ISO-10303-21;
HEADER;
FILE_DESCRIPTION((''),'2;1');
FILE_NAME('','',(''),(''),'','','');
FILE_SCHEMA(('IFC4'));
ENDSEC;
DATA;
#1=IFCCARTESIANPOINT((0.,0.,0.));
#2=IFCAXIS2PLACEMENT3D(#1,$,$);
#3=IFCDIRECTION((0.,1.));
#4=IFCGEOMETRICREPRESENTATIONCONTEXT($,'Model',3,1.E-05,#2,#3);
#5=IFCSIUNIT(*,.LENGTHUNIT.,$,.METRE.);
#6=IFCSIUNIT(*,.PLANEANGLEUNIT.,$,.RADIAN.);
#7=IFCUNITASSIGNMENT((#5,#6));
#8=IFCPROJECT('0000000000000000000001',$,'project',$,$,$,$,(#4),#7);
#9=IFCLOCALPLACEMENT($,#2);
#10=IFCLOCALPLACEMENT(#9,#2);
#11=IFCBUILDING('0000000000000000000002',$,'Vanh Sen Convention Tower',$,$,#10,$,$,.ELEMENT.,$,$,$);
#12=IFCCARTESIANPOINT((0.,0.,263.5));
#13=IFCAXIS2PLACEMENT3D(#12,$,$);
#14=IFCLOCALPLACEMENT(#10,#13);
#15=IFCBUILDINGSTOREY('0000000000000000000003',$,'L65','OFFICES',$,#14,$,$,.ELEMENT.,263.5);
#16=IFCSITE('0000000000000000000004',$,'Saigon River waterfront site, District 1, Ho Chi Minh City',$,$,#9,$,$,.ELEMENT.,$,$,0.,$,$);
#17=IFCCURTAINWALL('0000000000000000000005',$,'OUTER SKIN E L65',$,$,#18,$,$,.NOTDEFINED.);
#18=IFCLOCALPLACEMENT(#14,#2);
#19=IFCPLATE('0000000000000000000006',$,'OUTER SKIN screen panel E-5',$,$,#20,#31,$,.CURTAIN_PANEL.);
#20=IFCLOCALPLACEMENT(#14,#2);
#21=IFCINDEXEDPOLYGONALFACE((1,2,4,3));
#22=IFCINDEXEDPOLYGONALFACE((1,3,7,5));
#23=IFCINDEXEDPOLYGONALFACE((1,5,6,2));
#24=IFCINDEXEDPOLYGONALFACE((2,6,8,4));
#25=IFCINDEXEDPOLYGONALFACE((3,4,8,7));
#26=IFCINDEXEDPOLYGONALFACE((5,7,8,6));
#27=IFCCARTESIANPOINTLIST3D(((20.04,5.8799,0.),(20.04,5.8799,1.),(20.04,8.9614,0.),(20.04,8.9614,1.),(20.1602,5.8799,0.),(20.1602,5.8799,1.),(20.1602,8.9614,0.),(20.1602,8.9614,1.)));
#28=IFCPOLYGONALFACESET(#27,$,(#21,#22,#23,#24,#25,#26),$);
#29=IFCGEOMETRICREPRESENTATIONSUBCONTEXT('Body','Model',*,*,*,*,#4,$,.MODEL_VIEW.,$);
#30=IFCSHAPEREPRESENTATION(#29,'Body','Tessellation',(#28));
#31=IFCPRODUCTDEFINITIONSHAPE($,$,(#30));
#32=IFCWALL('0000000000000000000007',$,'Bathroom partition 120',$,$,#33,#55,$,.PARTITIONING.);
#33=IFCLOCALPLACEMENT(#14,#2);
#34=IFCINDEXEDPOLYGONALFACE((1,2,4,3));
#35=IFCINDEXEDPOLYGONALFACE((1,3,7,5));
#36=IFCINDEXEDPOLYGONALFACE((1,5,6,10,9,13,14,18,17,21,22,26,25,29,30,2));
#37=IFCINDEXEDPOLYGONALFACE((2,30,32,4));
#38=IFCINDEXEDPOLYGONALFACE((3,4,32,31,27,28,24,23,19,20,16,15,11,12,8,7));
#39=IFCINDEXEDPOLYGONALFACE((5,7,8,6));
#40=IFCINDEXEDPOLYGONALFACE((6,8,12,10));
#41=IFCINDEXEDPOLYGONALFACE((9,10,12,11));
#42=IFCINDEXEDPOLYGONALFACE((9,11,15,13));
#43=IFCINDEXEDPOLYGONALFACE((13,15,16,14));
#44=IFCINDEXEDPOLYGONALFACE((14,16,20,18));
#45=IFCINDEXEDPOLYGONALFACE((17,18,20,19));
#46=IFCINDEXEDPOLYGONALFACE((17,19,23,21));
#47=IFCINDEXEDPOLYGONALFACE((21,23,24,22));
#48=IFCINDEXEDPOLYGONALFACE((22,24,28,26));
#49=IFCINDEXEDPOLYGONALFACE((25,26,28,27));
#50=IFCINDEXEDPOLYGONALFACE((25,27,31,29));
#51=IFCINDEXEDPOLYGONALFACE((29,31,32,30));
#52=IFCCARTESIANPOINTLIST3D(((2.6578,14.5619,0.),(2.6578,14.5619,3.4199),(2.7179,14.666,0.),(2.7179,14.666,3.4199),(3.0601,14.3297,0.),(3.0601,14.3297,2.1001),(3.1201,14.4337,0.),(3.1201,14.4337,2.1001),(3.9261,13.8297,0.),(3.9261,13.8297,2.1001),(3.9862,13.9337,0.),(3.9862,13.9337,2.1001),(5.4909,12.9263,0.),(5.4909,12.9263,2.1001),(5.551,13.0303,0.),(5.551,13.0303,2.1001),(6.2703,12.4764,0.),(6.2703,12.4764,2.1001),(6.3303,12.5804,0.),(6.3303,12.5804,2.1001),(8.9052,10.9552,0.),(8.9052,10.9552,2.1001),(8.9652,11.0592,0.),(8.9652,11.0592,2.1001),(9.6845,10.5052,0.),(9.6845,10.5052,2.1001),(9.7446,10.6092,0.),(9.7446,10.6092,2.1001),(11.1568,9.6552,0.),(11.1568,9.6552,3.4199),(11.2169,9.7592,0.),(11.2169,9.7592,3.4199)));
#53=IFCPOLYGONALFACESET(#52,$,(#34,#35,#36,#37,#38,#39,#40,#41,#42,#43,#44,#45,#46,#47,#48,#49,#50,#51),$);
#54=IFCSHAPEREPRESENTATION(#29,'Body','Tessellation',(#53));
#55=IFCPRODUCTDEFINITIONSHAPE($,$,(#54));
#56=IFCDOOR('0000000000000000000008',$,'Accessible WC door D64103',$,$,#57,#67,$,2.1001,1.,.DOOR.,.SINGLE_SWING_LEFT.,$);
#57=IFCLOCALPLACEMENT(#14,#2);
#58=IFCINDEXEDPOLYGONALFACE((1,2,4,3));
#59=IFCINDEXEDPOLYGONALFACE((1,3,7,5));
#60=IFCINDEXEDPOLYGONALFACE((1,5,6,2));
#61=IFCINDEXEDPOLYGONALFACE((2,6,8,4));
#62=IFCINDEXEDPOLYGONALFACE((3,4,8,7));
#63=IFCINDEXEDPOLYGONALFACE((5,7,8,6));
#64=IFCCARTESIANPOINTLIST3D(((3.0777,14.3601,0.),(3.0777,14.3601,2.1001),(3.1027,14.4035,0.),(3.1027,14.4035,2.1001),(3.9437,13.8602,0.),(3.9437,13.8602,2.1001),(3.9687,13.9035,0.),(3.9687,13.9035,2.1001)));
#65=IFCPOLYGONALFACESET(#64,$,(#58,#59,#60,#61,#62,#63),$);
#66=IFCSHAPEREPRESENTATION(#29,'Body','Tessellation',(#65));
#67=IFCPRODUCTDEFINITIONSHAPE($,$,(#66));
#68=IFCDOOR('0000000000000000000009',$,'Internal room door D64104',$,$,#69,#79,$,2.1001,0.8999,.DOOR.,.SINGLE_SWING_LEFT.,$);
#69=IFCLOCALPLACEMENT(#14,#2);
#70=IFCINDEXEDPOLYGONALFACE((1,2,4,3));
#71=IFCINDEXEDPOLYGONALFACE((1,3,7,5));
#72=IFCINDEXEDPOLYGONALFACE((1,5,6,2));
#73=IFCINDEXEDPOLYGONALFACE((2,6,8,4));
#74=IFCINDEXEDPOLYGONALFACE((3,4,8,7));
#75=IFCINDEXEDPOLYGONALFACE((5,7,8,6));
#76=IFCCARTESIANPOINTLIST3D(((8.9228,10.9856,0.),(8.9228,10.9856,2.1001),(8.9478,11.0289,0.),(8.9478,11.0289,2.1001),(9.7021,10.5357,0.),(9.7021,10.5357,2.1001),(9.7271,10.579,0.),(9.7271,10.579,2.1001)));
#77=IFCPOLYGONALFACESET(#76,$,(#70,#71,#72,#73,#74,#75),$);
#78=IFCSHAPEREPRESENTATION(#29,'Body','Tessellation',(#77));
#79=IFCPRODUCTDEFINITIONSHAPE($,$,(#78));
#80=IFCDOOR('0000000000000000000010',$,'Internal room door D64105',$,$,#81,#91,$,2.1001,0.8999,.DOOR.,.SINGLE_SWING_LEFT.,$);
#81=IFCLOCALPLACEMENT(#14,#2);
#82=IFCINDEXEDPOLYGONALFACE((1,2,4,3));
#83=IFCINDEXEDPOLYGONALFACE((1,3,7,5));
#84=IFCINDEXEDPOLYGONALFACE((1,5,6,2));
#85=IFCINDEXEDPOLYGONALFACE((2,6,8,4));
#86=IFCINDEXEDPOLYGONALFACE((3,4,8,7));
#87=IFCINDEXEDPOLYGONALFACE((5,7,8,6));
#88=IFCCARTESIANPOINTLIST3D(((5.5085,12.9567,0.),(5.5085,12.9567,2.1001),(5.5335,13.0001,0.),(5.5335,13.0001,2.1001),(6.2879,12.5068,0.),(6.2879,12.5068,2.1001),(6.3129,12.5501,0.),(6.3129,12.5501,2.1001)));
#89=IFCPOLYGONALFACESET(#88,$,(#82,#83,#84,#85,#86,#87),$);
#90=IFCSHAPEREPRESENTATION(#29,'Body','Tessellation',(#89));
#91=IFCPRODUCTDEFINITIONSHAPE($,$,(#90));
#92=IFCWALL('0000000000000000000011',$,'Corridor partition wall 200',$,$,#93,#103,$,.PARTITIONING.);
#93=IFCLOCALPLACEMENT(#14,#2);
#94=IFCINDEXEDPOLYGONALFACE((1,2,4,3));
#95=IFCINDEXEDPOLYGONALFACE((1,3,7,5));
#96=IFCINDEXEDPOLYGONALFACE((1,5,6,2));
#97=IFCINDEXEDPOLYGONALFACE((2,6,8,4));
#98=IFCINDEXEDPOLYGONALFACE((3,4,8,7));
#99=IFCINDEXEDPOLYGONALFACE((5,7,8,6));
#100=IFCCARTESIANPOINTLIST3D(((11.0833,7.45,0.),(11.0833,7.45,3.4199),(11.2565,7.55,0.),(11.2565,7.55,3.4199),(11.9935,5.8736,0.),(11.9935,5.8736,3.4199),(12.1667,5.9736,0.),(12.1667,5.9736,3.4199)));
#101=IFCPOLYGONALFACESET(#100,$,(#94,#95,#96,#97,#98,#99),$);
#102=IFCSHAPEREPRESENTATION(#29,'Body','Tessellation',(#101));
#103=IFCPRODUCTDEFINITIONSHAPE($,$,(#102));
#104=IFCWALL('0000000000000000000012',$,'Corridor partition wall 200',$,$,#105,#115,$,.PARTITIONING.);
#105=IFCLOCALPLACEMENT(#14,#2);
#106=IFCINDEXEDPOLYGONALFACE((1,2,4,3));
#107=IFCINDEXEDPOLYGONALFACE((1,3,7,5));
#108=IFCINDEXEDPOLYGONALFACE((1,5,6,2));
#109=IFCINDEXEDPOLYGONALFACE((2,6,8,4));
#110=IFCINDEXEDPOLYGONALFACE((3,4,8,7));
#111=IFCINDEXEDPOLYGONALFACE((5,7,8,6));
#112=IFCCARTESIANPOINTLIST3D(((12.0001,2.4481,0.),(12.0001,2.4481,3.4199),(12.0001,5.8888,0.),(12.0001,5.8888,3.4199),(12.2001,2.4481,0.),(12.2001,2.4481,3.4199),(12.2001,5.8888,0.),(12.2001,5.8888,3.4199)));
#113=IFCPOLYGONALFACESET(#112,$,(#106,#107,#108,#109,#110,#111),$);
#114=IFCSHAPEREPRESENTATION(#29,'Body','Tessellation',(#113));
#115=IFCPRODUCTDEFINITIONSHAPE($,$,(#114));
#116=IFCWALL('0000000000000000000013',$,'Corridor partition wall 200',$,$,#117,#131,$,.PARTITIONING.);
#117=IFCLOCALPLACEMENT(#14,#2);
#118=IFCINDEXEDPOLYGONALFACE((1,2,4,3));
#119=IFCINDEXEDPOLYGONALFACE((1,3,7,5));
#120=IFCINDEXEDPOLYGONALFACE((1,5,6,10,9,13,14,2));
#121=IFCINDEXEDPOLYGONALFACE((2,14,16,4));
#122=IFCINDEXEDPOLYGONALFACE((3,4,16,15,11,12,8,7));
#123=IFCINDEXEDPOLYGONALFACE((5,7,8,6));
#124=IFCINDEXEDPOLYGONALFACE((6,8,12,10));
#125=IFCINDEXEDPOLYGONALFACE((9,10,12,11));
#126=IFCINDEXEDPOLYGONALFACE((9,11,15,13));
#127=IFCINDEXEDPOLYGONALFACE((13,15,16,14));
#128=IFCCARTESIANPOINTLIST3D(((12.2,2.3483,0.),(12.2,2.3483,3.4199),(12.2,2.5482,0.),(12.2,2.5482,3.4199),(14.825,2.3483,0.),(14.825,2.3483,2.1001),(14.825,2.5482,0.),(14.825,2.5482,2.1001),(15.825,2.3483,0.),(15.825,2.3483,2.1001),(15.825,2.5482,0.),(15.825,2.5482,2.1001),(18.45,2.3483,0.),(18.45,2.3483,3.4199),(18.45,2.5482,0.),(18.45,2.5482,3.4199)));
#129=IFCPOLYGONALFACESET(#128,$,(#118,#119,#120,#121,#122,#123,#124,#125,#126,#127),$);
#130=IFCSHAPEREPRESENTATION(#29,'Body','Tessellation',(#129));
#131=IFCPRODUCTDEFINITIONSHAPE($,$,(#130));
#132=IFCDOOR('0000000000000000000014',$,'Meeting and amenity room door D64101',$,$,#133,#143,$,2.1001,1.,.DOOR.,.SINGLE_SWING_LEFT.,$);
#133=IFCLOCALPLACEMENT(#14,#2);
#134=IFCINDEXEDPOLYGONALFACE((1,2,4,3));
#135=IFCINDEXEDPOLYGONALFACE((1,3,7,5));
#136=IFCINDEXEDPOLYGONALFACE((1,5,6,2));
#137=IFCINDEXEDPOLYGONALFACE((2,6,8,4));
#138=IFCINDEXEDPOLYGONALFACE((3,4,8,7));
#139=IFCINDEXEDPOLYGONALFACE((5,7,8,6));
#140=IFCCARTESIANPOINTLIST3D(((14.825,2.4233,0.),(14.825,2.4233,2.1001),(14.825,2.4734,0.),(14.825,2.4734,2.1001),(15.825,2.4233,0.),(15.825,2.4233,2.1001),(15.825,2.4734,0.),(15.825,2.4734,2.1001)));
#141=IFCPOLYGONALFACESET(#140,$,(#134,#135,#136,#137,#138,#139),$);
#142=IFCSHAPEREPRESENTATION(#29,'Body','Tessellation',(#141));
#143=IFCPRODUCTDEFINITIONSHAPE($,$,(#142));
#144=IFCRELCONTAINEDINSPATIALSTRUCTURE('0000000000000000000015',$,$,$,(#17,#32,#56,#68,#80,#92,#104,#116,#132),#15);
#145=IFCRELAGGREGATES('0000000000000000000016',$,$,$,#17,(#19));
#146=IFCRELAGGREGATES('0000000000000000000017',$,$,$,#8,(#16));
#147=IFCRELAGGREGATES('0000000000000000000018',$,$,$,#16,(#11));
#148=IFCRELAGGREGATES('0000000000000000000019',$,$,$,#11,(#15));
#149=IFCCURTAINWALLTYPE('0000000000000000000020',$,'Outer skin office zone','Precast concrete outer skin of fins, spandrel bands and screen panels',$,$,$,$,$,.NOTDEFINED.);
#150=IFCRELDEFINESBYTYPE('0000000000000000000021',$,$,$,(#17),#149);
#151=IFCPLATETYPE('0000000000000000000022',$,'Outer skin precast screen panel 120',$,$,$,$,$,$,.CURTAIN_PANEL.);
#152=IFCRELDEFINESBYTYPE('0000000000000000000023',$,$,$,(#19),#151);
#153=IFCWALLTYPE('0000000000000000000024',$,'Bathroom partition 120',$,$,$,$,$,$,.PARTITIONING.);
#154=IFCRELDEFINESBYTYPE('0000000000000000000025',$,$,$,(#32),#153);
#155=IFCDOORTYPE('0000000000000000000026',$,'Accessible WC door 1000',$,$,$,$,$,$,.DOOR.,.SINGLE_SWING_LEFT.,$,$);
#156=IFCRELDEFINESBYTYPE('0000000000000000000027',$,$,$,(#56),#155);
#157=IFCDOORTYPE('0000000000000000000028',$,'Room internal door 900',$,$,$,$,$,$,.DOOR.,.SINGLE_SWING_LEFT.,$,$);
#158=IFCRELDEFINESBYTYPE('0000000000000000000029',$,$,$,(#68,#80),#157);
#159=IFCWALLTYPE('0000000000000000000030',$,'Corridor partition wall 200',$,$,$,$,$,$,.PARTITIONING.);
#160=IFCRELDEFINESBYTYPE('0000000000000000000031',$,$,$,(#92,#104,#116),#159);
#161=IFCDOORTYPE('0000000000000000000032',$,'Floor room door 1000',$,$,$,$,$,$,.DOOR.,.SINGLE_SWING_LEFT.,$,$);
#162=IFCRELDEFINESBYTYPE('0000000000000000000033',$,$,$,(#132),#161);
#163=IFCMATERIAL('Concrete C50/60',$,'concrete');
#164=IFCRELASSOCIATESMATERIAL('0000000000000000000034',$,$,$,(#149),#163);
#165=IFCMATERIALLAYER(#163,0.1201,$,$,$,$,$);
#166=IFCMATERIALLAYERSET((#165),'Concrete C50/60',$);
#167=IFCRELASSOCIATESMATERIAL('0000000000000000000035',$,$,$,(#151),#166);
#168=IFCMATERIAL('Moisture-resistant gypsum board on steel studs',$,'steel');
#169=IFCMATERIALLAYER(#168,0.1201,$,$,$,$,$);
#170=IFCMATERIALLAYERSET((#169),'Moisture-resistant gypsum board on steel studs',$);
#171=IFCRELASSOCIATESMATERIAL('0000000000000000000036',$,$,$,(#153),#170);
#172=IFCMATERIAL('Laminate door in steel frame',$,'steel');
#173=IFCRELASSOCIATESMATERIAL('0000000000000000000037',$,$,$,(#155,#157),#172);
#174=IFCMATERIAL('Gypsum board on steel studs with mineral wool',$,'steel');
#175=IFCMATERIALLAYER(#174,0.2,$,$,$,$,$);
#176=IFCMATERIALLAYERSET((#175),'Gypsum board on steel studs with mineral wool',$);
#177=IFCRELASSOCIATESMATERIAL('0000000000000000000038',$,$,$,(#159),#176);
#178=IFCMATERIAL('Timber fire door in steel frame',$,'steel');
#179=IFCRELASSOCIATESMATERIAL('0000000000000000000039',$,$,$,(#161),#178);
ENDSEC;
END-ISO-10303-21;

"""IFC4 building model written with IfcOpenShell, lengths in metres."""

from ifc_helpers import new_model, si_unit, direction, frame, frame_2d, origin, origin_2d, place, context, subcontext, project, spatial, rectangle, extrude, material, layer, layer_set, type_object, element, fill, aggregate, save


model = new_model("IFC4")

# Units and contexts
model_context = context("Model", 3, precision=1e-05, world=origin(), true_north=direction((0.0, 1.0)))
body_context = subcontext(model_context, "Body", "Model", "MODEL_VIEW")
ifc_project = project(units=[si_unit("LENGTHUNIT", "METRE"), si_unit("PLANEANGLEUNIT", "RADIAN")], contexts=[model_context])

# Site, building, storey
site_placement = place(None, origin())
site = spatial("IfcSite", under=ifc_project, at=site_placement, Name="Saigon River waterfront site, District 1, Ho Chi Minh City", CompositionType="ELEMENT", RefElevation=0.0)
building_placement = place(site_placement, origin())
building = spatial("IfcBuilding", under=site, at=building_placement, Name="Vanh Sen Convention Tower", CompositionType="ELEMENT")
storey_placement = place(building_placement, frame((0.0, 0.0, 263.5)))
storey = spatial("IfcBuildingStorey", under=building, at=storey_placement, Name="L65", Description="OFFICES", CompositionType="ELEMENT", Elevation=263.5)

# Curtain wall
ifc_material_1 = material(Name="Concrete C50/60", Category="concrete")
curtain_wall_type = type_object("IfcCurtainWallType", Name="Outer skin office zone", Description="Precast concrete outer skin of fins, spandrel bands and screen panels", PredefinedType="NOTDEFINED", material=ifc_material_1)
curtain_wall_1_placement = place(storey_placement, origin())
curtain_wall_1 = element("IfcCurtainWall", 1, at=curtain_wall_1_placement, inside=storey, type_object=curtain_wall_type, Name="OUTER SKIN E L65", PredefinedType="NOTDEFINED")

# Plate
ifc_layer_1 = layer(ifc_material_1, 0.1201)
ifc_layer_set_1 = layer_set([ifc_layer_1], Name="Concrete C50/60")
plate_type = type_object("IfcPlateType", Name="Outer skin precast screen panel 120", PredefinedType="CURTAIN_PANEL", material=ifc_layer_set_1)
plate_1_placement = place(storey_placement, frame((20.1001, 7.4207, 0.0), z_axis=(0.0, 0.0, 1.0), x_axis=(0.0, 1.0, 0.0)))
plate_1 = element("IfcPlate", 2, at=plate_1_placement, type_object=plate_type, Name="OUTER SKIN screen panel E-5", PredefinedType="CURTAIN_PANEL", context=body_context, shape_type="SweptSolid", body=[
    extrude(rectangle(XDim=3.0815, YDim=0.1201, at=origin_2d()), origin(), (0.0, 0.0, 1.0), 1.0),
])
aggregate(curtain_wall_1, [plate_1])

# Wall, openings, doors
ifc_material_2 = material(Name="Moisture-resistant gypsum board on steel studs", Category="steel")
ifc_layer_2 = layer(ifc_material_2, 0.1201)
ifc_layer_set_2 = layer_set([ifc_layer_2], Name="Moisture-resistant gypsum board on steel studs")
wall_type_1 = type_object("IfcWallType", Name="Bathroom partition 120", PredefinedType="PARTITIONING", material=ifc_layer_set_2)
wall_1_placement = place(storey_placement, frame((11.1868, 9.7073, 0.0), z_axis=(0.0, 0.0, 1.0), x_axis=(-0.866033, 0.499987, 0.0)))
wall_1 = element("IfcWall", 3, at=wall_1_placement, inside=storey, type_object=wall_type_1, Name="Bathroom partition 120", PredefinedType="PARTITIONING", context=body_context, shape_type="SweptSolid", body=[
    extrude(rectangle(XDim=9.8137, YDim=0.1201, at=frame_2d((4.9067, 0.0))), origin(), (0.0, 0.0, 1.0), 3.4199),
])
opening_1_placement = place(wall_1_placement, frame((8.3491, 0.0, 0.0)))
opening_1 = element("IfcOpeningElement", 4, at=opening_1_placement, cuts=wall_1, PredefinedType="OPENING", context=body_context, shape_type="SweptSolid", body=[
    extrude(rectangle(XDim=1.0, YDim=2.1001, at=frame_2d((0.5, 1.05))), frame((0.0, 0.0701, 0.0), z_axis=(0.0, -1.0, 0.0), x_axis=(1.0, 0.0, 0.0)), (0.0, 0.0, 1.0), 0.1401),
])
opening_2_placement = place(wall_1_placement, frame((1.7, 0.0, 0.0)))
opening_2 = element("IfcOpeningElement", 5, at=opening_2_placement, cuts=wall_1, PredefinedType="OPENING", context=body_context, shape_type="SweptSolid", body=[
    extrude(rectangle(XDim=0.8999, YDim=2.1001, at=frame_2d((0.45, 1.05))), frame((0.0, 0.0701, 0.0), z_axis=(0.0, -1.0, 0.0), x_axis=(1.0, 0.0, 0.0)), (0.0, 0.0, 1.0), 0.1401),
])
opening_3_placement = place(wall_1_placement, frame((5.6423, 0.0, 0.0)))
opening_3 = element("IfcOpeningElement", 6, at=opening_3_placement, cuts=wall_1, PredefinedType="OPENING", context=body_context, shape_type="SweptSolid", body=[
    extrude(rectangle(XDim=0.8999, YDim=2.1001, at=frame_2d((0.45, 1.05))), frame((0.0, 0.0701, 0.0), z_axis=(0.0, -1.0, 0.0), x_axis=(1.0, 0.0, 0.0)), (0.0, 0.0, 1.0), 0.1401),
])
ifc_material_3 = material(Name="Laminate door in steel frame", Category="steel")
door_type_1 = type_object("IfcDoorType", Name="Accessible WC door 1000", OperationType="SINGLE_SWING_LEFT", PredefinedType="DOOR", material=ifc_material_3)
door_1_placement = place(opening_1_placement, origin())
door_1 = element("IfcDoor", 7, at=door_1_placement, inside=storey, type_object=door_type_1, Name="Accessible WC door D64103", OperationType="SINGLE_SWING_LEFT", OverallHeight=2.1001, OverallWidth=1.0, PredefinedType="DOOR", context=body_context, shape_type="SweptSolid", body=[
    extrude(rectangle(XDim=1.0, YDim=2.1001, at=frame_2d((0.5, 1.05))), frame((0.0, 0.0249, 0.0), z_axis=(0.0, -1.0, 0.0), x_axis=(1.0, 0.0, 0.0)), (0.0, 0.0, 1.0), 0.05),
])
fill(opening_1, door_1)
door_type_2 = type_object("IfcDoorType", Name="Room internal door 900", OperationType="SINGLE_SWING_LEFT", PredefinedType="DOOR", material=ifc_material_3)
door_2_placement = place(opening_2_placement, origin())
door_2 = element("IfcDoor", 8, at=door_2_placement, inside=storey, type_object=door_type_2, Name="Internal room door D64104", OperationType="SINGLE_SWING_LEFT", OverallHeight=2.1001, OverallWidth=0.8999, PredefinedType="DOOR", context=body_context, shape_type="SweptSolid", body=[
    extrude(rectangle(XDim=0.8999, YDim=2.1001, at=frame_2d((0.45, 1.05))), frame((0.0, 0.0249, 0.0), z_axis=(0.0, -1.0, 0.0), x_axis=(1.0, 0.0, 0.0)), (0.0, 0.0, 1.0), 0.05),
])
fill(opening_2, door_2)
door_3_placement = place(opening_3_placement, origin())
door_3 = element("IfcDoor", 9, at=door_3_placement, inside=storey, type_object=door_type_2, Name="Internal room door D64105", OperationType="SINGLE_SWING_LEFT", OverallHeight=2.1001, OverallWidth=0.8999, PredefinedType="DOOR", context=body_context, shape_type="SweptSolid", body=[
    extrude(rectangle(XDim=0.8999, YDim=2.1001, at=frame_2d((0.45, 1.05))), frame((0.0, 0.0249, 0.0), z_axis=(0.0, -1.0, 0.0), x_axis=(1.0, 0.0, 0.0)), (0.0, 0.0, 1.0), 0.05),
])
fill(opening_3, door_3)

# Walls
ifc_material_4 = material(Name="Gypsum board on steel studs with mineral wool", Category="steel")
ifc_layer_3 = layer(ifc_material_4, 0.2)
ifc_layer_set_3 = layer_set([ifc_layer_3], Name="Gypsum board on steel studs with mineral wool")
wall_type_2 = type_object("IfcWallType", Name="Corridor partition wall 200", PredefinedType="PARTITIONING", material=ifc_layer_set_3)
wall_2_placement = place(storey_placement, frame((12.0801, 5.9236, 0.0), z_axis=(0.0, 0.0, 1.0), x_axis=(-0.500005, 0.866023, 0.0)))
element("IfcWall", 10, at=wall_2_placement, inside=storey, type_object=wall_type_2, Name="Corridor partition wall 200", PredefinedType="PARTITIONING", context=body_context, shape_type="SweptSolid", body=[
    extrude(rectangle(XDim=1.8203, YDim=0.2, at=frame_2d((0.9102, 0.0))), origin(), (0.0, 0.0, 1.0), 3.4199),
])
wall_3_placement = place(storey_placement, frame((12.1001, 2.4482, 0.0), z_axis=(0.0, 0.0, 1.0), x_axis=(0.0, 1.0, 0.0)))
element("IfcWall", 11, at=wall_3_placement, inside=storey, type_object=wall_type_2, Name="Corridor partition wall 200", PredefinedType="PARTITIONING", context=body_context, shape_type="SweptSolid", body=[
    extrude(rectangle(XDim=3.4407, YDim=0.2, at=frame_2d((1.7202, 0.0))), origin(), (0.0, 0.0, 1.0), 3.4199),
])

# Wall, opening, door
wall_4_placement = place(storey_placement, frame((18.45, 2.4482, 0.0), z_axis=(0.0, 0.0, 1.0), x_axis=(-1.0, 0.0, 0.0)))
wall_4 = element("IfcWall", 12, at=wall_4_placement, inside=storey, type_object=wall_type_2, Name="Corridor partition wall 200", PredefinedType="PARTITIONING", context=body_context, shape_type="SweptSolid", body=[
    extrude(rectangle(XDim=6.25, YDim=0.2, at=frame_2d((3.125, 0.0))), origin(), (0.0, 0.0, 1.0), 3.4199),
])
opening_4_placement = place(wall_4_placement, frame((2.625, 0.0, 0.0)))
opening_4 = element("IfcOpeningElement", 13, at=opening_4_placement, cuts=wall_4, PredefinedType="OPENING", context=body_context, shape_type="SweptSolid", body=[
    extrude(rectangle(XDim=1.0, YDim=2.1001, at=frame_2d((0.5, 1.05))), frame((0.0, 0.1099, 0.0), z_axis=(0.0, -1.0, 0.0), x_axis=(1.0, 0.0, 0.0)), (0.0, 0.0, 1.0), 0.22),
])
ifc_material_5 = material(Name="Timber fire door in steel frame", Category="steel")
door_type_3 = type_object("IfcDoorType", Name="Floor room door 1000", OperationType="SINGLE_SWING_LEFT", PredefinedType="DOOR", material=ifc_material_5)
door_4_placement = place(opening_4_placement, origin())
door_4 = element("IfcDoor", 14, at=door_4_placement, inside=storey, type_object=door_type_3, Name="Meeting and amenity room door D64101", OperationType="SINGLE_SWING_LEFT", OverallHeight=2.1001, OverallWidth=1.0, PredefinedType="DOOR", context=body_context, shape_type="SweptSolid", body=[
    extrude(rectangle(XDim=1.0, YDim=2.1001, at=frame_2d((0.5, 1.05))), frame((0.0, 0.0249, 0.0), z_axis=(0.0, -1.0, 0.0), x_axis=(1.0, 0.0, 0.0)), (0.0, 0.0, 1.0), 0.05),
])
fill(opening_4, door_4)

save(model, "model.ifc")
